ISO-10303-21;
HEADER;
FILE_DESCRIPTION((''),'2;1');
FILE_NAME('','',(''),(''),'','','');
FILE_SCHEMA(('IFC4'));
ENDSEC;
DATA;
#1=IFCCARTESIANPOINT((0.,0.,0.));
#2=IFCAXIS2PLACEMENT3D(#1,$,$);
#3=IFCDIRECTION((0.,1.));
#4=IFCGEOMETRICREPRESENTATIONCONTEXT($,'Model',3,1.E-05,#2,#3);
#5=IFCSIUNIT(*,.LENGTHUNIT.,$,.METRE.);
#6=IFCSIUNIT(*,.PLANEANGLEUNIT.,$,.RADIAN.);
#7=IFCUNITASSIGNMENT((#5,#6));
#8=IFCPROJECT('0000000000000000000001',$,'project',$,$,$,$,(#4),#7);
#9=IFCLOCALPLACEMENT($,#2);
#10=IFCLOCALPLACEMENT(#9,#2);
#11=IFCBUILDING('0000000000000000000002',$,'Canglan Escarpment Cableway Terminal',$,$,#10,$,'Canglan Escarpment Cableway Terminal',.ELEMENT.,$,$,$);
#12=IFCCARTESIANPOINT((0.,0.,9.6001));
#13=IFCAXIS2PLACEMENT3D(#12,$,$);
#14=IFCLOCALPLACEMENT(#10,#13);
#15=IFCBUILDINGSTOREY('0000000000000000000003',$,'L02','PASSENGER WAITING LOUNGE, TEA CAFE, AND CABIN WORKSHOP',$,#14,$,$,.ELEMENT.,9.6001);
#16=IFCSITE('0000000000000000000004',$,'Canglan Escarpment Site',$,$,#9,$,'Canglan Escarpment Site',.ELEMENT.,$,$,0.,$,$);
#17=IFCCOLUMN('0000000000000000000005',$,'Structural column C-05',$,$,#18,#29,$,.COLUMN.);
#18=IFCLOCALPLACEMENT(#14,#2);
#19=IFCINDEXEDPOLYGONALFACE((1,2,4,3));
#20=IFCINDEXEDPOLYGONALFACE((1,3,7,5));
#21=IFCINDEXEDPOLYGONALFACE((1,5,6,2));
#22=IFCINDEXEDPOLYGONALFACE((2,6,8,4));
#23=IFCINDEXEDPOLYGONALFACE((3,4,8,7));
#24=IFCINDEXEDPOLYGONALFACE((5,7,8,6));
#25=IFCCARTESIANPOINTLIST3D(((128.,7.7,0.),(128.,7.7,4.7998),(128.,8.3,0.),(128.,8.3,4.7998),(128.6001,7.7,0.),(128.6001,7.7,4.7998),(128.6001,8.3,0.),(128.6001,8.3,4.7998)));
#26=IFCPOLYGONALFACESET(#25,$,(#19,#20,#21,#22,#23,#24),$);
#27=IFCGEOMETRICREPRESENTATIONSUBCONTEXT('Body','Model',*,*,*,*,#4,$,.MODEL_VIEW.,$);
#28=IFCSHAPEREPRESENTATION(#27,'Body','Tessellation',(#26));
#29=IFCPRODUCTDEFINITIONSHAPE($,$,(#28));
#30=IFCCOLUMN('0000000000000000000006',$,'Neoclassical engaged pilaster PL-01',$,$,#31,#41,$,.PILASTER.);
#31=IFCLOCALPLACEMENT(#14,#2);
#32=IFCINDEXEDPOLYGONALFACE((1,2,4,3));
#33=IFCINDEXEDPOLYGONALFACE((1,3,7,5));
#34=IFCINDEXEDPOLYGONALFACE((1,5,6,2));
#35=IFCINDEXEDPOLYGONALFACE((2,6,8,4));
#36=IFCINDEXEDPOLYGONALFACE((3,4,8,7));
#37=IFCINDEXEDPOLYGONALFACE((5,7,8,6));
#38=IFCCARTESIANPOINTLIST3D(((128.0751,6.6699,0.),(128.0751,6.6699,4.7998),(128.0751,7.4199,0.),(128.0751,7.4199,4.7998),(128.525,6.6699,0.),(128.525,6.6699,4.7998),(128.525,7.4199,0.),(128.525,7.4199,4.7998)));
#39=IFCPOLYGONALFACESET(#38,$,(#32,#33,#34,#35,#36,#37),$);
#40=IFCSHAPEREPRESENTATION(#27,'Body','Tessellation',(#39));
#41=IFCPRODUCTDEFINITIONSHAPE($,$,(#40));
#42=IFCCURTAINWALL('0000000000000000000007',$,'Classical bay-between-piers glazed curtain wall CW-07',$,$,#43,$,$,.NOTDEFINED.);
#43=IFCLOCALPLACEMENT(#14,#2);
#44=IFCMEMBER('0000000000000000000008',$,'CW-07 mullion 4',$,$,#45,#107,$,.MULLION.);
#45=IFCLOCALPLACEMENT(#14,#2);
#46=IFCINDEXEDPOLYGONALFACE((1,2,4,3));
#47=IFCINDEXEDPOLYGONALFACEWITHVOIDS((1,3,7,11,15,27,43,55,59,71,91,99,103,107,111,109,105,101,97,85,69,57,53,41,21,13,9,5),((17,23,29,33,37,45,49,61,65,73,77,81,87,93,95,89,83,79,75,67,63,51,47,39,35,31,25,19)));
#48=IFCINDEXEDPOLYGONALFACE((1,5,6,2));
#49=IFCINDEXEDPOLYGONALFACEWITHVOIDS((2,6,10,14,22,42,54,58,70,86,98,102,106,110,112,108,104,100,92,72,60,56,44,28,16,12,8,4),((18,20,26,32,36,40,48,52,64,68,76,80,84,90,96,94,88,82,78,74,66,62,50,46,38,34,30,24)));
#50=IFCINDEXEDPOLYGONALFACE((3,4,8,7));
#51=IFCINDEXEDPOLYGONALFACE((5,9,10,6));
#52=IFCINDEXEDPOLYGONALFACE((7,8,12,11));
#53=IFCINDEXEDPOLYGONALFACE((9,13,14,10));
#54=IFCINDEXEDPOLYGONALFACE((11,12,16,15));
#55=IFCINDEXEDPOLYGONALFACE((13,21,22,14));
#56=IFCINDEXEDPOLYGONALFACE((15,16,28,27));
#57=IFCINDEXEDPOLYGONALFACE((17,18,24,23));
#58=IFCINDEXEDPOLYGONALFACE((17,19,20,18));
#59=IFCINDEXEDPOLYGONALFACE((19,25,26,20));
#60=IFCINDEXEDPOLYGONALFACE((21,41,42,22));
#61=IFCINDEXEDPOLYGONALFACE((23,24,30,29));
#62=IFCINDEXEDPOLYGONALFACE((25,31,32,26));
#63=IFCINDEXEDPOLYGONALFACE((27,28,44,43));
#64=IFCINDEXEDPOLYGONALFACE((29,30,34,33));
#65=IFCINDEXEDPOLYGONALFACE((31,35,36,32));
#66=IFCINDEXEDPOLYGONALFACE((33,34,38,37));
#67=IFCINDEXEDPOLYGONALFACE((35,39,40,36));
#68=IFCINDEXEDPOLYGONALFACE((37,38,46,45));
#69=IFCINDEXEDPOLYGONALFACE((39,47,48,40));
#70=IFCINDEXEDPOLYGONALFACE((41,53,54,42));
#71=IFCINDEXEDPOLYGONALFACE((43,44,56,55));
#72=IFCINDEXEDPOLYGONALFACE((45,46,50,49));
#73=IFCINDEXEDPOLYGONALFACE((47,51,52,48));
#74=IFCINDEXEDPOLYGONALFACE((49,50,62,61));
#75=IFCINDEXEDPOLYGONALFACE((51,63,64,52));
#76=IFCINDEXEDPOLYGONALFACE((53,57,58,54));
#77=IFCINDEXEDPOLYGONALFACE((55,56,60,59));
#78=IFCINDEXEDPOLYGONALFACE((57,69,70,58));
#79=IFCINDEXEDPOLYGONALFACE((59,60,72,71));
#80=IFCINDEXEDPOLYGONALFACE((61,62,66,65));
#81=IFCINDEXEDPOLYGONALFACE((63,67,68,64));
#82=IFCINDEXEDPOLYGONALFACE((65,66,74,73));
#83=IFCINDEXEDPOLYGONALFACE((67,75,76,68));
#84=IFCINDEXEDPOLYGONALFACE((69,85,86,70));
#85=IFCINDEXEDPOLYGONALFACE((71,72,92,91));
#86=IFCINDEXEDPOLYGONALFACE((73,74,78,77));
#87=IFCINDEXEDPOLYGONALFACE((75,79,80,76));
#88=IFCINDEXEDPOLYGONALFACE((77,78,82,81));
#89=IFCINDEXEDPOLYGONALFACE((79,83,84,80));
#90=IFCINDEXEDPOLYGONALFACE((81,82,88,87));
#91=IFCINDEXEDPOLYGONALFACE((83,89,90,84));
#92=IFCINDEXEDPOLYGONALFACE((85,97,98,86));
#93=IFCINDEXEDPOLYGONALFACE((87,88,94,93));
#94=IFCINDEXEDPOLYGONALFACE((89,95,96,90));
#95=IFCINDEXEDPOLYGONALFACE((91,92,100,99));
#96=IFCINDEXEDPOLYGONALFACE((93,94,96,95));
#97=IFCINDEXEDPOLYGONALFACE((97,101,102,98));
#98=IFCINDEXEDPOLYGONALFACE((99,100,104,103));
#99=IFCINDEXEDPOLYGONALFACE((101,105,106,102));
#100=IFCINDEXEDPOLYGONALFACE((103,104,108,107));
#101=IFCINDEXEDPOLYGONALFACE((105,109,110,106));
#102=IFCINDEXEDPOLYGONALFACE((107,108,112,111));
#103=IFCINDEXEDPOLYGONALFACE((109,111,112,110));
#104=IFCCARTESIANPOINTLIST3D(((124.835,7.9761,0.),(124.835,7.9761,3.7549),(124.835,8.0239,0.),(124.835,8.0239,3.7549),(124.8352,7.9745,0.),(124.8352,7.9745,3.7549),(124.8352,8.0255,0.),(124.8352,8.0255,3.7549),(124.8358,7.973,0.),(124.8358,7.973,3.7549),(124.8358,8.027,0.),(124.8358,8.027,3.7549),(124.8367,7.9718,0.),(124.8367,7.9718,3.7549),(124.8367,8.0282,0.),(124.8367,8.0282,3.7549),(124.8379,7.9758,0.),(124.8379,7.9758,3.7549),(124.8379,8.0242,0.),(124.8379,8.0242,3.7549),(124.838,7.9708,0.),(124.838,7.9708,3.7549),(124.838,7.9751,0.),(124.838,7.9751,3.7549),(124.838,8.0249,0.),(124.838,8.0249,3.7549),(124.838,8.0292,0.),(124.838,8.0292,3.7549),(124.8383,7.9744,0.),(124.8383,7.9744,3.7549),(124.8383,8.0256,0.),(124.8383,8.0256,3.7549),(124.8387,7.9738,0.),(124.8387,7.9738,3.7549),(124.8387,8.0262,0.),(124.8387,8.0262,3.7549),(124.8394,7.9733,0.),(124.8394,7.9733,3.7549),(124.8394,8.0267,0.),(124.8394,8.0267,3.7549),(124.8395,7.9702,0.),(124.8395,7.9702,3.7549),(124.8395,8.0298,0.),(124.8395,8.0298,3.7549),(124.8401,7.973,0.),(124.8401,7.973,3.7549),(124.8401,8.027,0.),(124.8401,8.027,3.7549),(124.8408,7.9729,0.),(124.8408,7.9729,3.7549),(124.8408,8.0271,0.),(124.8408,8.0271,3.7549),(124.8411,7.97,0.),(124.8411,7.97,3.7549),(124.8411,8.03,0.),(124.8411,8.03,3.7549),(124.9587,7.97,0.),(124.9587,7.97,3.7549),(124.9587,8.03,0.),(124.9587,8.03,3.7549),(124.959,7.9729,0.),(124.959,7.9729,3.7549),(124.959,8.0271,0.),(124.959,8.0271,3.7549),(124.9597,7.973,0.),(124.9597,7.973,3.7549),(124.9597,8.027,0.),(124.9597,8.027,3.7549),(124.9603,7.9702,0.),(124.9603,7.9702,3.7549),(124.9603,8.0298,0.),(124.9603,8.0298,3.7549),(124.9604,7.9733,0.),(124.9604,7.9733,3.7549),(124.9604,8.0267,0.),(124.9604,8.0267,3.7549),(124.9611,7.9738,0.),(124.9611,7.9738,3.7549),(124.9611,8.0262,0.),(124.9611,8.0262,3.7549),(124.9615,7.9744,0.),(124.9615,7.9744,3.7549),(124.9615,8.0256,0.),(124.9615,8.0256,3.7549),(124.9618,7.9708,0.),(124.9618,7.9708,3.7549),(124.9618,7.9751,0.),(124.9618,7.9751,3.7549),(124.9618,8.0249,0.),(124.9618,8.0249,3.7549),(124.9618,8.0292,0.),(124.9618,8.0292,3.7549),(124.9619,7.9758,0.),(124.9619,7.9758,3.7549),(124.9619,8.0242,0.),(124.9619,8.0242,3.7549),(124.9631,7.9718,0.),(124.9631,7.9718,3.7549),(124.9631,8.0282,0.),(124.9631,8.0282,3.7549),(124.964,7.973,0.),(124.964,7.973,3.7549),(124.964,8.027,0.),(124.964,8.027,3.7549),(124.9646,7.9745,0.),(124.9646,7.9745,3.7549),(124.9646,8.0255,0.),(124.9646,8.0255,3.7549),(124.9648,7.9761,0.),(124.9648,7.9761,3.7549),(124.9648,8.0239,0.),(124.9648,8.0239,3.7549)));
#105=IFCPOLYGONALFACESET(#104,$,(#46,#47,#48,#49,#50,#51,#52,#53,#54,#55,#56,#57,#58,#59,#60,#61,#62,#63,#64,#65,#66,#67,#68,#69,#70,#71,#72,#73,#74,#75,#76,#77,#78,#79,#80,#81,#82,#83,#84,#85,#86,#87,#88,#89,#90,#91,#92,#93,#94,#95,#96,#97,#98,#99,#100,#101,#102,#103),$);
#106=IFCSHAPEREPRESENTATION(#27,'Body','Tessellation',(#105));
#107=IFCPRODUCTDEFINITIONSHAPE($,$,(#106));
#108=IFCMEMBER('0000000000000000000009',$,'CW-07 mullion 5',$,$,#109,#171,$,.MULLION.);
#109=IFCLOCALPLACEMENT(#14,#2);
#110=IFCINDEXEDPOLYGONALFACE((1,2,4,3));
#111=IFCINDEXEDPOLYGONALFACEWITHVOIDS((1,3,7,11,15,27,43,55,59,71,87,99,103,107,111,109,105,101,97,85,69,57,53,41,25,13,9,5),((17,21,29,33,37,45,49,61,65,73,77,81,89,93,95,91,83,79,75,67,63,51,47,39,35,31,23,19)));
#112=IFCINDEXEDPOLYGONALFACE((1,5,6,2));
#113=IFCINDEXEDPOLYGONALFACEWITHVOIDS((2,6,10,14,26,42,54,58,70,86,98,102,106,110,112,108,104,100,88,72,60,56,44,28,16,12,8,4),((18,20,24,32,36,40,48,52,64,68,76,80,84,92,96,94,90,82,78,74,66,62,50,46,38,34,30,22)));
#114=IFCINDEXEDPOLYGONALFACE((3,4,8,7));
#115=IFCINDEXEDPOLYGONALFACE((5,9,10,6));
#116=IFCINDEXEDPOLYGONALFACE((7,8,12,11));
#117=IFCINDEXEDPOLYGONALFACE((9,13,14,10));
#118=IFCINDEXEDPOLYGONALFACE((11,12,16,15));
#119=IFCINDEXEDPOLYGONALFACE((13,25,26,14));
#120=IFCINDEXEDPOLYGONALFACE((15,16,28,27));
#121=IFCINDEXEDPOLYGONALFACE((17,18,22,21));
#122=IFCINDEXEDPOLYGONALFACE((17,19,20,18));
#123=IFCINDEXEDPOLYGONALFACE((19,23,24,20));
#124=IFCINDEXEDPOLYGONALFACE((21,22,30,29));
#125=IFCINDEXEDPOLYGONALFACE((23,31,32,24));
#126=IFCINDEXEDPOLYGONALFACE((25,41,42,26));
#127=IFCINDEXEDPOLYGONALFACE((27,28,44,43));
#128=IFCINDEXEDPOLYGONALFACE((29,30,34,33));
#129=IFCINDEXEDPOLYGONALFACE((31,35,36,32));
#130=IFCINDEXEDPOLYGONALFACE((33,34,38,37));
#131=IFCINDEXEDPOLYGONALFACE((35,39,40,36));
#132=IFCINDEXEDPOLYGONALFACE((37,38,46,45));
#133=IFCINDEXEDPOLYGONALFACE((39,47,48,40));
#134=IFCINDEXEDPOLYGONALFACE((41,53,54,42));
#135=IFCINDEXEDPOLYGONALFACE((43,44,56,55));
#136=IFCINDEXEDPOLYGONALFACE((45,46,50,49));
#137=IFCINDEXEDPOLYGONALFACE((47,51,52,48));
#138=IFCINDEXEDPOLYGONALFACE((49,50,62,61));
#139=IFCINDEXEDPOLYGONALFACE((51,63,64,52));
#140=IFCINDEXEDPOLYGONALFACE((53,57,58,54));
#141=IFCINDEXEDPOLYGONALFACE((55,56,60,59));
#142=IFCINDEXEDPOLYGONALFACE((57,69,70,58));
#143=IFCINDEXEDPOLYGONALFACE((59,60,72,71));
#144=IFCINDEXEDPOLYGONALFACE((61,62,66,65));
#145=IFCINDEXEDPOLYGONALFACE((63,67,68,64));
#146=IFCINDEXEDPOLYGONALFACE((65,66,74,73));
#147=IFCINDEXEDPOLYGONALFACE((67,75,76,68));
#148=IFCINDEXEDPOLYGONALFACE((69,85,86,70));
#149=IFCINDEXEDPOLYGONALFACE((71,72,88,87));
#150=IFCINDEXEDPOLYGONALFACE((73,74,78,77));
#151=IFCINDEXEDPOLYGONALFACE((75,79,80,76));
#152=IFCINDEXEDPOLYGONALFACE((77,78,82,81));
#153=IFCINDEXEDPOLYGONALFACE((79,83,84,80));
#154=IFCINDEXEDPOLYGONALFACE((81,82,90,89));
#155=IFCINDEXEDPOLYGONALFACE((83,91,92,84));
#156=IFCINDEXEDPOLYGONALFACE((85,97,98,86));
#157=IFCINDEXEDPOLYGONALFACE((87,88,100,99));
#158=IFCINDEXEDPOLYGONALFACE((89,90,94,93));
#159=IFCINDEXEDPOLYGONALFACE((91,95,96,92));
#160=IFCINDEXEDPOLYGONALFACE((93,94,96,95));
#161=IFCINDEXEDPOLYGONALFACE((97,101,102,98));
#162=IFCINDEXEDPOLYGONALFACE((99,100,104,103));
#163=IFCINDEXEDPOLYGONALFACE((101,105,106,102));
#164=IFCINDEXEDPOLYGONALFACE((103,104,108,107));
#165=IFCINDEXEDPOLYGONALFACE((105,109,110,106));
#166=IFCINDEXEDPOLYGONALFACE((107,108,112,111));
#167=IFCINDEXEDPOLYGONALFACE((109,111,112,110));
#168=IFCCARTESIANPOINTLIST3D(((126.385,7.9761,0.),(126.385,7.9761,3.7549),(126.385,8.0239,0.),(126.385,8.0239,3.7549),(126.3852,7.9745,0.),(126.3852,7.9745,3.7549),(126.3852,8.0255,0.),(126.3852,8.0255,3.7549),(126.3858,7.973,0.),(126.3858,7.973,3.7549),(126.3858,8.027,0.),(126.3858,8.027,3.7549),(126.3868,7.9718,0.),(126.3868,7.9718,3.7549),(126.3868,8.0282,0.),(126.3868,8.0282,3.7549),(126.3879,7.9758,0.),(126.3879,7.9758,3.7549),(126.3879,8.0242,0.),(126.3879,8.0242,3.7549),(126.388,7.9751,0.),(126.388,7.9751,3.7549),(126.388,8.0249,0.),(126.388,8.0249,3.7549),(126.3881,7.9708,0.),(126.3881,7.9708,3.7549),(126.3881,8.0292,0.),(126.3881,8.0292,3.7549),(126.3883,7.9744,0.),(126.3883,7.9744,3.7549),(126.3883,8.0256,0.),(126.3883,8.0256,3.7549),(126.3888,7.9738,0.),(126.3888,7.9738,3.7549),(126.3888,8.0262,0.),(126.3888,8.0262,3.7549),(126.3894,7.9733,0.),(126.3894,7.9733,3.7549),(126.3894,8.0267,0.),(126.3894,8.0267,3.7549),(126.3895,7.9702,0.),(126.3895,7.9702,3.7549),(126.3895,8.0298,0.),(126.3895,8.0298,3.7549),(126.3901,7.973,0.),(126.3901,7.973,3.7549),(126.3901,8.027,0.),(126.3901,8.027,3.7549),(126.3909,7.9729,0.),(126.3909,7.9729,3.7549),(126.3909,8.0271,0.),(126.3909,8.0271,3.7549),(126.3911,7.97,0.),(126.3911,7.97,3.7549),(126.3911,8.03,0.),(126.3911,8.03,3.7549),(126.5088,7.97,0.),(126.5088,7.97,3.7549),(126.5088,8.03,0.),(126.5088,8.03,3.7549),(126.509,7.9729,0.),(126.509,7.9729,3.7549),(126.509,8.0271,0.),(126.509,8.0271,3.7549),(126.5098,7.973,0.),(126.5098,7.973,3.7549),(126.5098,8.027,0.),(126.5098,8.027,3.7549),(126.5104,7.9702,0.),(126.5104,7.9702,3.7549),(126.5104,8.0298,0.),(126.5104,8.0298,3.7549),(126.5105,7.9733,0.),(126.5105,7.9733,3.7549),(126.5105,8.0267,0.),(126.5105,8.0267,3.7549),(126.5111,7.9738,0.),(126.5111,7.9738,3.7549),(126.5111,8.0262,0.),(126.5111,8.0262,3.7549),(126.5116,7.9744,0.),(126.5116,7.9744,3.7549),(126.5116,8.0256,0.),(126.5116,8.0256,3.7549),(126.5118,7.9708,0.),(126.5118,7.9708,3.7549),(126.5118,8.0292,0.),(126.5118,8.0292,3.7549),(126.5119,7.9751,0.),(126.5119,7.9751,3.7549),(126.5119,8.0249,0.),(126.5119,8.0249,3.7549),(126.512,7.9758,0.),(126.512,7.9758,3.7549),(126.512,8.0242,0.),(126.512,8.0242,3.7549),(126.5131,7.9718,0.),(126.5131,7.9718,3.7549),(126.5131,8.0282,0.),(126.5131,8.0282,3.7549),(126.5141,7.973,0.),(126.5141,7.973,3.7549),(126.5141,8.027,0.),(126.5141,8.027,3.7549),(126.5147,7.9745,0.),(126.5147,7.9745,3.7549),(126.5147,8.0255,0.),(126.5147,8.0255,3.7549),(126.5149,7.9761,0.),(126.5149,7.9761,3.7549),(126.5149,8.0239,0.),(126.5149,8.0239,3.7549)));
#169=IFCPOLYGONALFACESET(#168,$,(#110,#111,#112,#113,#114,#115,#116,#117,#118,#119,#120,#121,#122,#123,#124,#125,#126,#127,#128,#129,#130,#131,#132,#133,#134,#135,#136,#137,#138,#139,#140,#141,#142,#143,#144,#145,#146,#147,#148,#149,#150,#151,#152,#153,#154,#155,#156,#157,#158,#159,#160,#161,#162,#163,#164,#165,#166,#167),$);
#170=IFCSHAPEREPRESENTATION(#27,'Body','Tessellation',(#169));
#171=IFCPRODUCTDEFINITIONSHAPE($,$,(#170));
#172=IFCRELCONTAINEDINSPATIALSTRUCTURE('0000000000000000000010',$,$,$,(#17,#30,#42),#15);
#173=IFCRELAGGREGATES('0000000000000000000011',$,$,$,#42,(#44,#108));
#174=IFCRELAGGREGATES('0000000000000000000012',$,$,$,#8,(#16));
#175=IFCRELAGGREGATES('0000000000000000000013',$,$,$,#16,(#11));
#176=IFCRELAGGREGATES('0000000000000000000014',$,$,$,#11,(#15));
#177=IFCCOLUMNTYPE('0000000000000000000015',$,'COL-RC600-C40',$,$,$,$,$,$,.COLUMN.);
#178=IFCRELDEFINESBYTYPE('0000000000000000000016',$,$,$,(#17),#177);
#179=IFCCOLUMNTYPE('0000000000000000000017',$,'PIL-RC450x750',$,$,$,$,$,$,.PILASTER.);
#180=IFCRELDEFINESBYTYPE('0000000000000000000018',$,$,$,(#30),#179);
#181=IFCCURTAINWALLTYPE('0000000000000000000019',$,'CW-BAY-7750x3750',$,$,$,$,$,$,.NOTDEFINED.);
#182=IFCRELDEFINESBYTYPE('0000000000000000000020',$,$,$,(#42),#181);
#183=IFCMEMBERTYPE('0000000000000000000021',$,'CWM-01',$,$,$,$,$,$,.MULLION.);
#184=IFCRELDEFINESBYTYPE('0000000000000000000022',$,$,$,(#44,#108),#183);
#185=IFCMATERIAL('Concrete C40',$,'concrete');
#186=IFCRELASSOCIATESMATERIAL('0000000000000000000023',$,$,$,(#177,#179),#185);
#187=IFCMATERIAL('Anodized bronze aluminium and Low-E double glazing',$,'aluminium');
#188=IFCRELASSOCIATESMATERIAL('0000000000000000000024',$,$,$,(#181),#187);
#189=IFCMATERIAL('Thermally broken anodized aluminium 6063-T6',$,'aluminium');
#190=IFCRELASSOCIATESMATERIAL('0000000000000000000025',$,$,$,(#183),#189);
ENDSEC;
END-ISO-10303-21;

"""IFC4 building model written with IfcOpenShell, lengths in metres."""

from ifc_helpers import new_model, si_unit, direction, frame, origin, origin_2d, place, context, subcontext, project, spatial, rectangle, hollow_rectangle, extrude, material, material_profile, profile_set, type_object, element, aggregate, save


model = new_model("IFC4")

# Units and contexts
model_context = context("Model", 3, precision=1e-05, world=origin(), true_north=direction((0.0, 1.0)))
body_context = subcontext(model_context, "Body", "Model", "MODEL_VIEW")
ifc_project = project(units=[si_unit("LENGTHUNIT", "METRE"), si_unit("PLANEANGLEUNIT", "RADIAN")], contexts=[model_context])

# Site, building, storey
site_placement = place(None, origin())
site = spatial("IfcSite", under=ifc_project, at=site_placement, Name="Canglan Escarpment Site", LongName="Canglan Escarpment Site", CompositionType="ELEMENT", RefElevation=0.0)
building_placement = place(site_placement, origin())
building = spatial("IfcBuilding", under=site, at=building_placement, Name="Canglan Escarpment Cableway Terminal", LongName="Canglan Escarpment Cableway Terminal", CompositionType="ELEMENT")
storey_placement = place(building_placement, frame((0.0, 0.0, 9.6001)))
storey = spatial("IfcBuildingStorey", under=building, at=storey_placement, Name="L02", Description="PASSENGER WAITING LOUNGE, TEA CAFE, AND CABIN WORKSHOP", CompositionType="ELEMENT", Elevation=9.6001)

# Columns
ifc_material_1 = material(Name="Concrete C40", Category="concrete")
ifc_material_profile_1 = material_profile(ifc_material_1, rectangle(XDim=0.6001, YDim=0.6001, at=origin_2d()), Name="RC 600x600")
ifc_profile_set_1 = profile_set([ifc_material_profile_1], Name="Concrete C40")
column_type_1 = type_object("IfcColumnType", Name="COL-RC600-C40", PredefinedType="COLUMN", material=ifc_profile_set_1)
column_1_placement = place(storey_placement, frame((128.3, 8.0, 0.0), z_axis=(0.0, 0.0, 1.0), x_axis=(1.0, 0.0, 0.0)))
element("IfcColumn", 1, at=column_1_placement, inside=storey, type_object=column_type_1, Name="Structural column C-05", PredefinedType="COLUMN", context=body_context, shape_type="SweptSolid", body=[
    extrude(rectangle(XDim=0.6001, YDim=0.6001, at=origin_2d()), origin(), (0.0, 0.0, 1.0), 4.7998),
])
ifc_material_profile_2 = material_profile(ifc_material_1, rectangle(XDim=0.45, YDim=0.75, at=origin_2d()), Name="RC-PIL 450x750")
ifc_profile_set_2 = profile_set([ifc_material_profile_2], Name="Concrete C40")
column_type_2 = type_object("IfcColumnType", Name="PIL-RC450x750", PredefinedType="PILASTER", material=ifc_profile_set_2)
column_2_placement = place(storey_placement, frame((128.3, 7.0449, 0.0), z_axis=(0.0, 0.0, 1.0), x_axis=(1.0, 0.0, 0.0)))
element("IfcColumn", 2, at=column_2_placement, inside=storey, type_object=column_type_2, Name="Neoclassical engaged pilaster PL-01", PredefinedType="PILASTER", context=body_context, shape_type="SweptSolid", body=[
    extrude(rectangle(XDim=0.45, YDim=0.75, at=origin_2d()), origin(), (0.0, 0.0, 1.0), 4.7998),
])

# Curtain wall, members
ifc_material_2 = material(Name="Anodized bronze aluminium and Low-E double glazing", Category="aluminium")
curtain_wall_type = type_object("IfcCurtainWallType", Name="CW-BAY-7750x3750", PredefinedType="NOTDEFINED", material=ifc_material_2)
curtain_wall_placement = place(storey_placement, origin())
curtain_wall = element("IfcCurtainWall", 3, at=curtain_wall_placement, inside=storey, type_object=curtain_wall_type, Name="Classical bay-between-piers glazed curtain wall CW-07", PredefinedType="NOTDEFINED")
ifc_material_3 = material(Name="Thermally broken anodized aluminium 6063-T6", Category="aluminium")
ifc_material_profile_3 = material_profile(ifc_material_3, hollow_rectangle(XDim=0.0601, YDim=0.1299, WallThickness=0.0029, InnerFilletRadius=0.0029, OuterFilletRadius=0.0061, at=origin_2d()), Name="ALU-MULL 60x130x3")
ifc_profile_set_3 = profile_set([ifc_material_profile_3], Name="Thermally broken anodized aluminium 6063-T6")
member_type_1 = type_object("IfcMemberType", Name="CWM-01", PredefinedType="MULLION", material=ifc_profile_set_3)
member_1_placement = place(storey_placement, frame((124.8999, 8.0, 0.0), z_axis=(0.0, 0.0, 1.0), x_axis=(0.0, 1.0, 0.0)))
member_1 = element("IfcMember", 4, at=member_1_placement, type_object=member_type_1, Name="CW-07 mullion 4", PredefinedType="MULLION", context=body_context, shape_type="SweptSolid", body=[
    extrude(hollow_rectangle(XDim=0.0601, YDim=0.1299, WallThickness=0.0029, InnerFilletRadius=0.0029, OuterFilletRadius=0.0061, at=origin_2d()), origin(), (0.0, 0.0, 1.0), 3.7549),
])
member_2_placement = place(storey_placement, frame((126.45, 8.0, 0.0), z_axis=(0.0, 0.0, 1.0), x_axis=(0.0, 1.0, 0.0)))
member_2 = element("IfcMember", 5, at=member_2_placement, type_object=member_type_1, Name="CW-07 mullion 5", PredefinedType="MULLION", context=body_context, shape_type="SweptSolid", body=[
    extrude(hollow_rectangle(XDim=0.0601, YDim=0.1299, WallThickness=0.0029, InnerFilletRadius=0.0029, OuterFilletRadius=0.0061, at=origin_2d()), origin(), (0.0, 0.0, 1.0), 3.7549),
])

aggregate(curtain_wall, [member_1, member_2])

save(model, "model.ifc")
